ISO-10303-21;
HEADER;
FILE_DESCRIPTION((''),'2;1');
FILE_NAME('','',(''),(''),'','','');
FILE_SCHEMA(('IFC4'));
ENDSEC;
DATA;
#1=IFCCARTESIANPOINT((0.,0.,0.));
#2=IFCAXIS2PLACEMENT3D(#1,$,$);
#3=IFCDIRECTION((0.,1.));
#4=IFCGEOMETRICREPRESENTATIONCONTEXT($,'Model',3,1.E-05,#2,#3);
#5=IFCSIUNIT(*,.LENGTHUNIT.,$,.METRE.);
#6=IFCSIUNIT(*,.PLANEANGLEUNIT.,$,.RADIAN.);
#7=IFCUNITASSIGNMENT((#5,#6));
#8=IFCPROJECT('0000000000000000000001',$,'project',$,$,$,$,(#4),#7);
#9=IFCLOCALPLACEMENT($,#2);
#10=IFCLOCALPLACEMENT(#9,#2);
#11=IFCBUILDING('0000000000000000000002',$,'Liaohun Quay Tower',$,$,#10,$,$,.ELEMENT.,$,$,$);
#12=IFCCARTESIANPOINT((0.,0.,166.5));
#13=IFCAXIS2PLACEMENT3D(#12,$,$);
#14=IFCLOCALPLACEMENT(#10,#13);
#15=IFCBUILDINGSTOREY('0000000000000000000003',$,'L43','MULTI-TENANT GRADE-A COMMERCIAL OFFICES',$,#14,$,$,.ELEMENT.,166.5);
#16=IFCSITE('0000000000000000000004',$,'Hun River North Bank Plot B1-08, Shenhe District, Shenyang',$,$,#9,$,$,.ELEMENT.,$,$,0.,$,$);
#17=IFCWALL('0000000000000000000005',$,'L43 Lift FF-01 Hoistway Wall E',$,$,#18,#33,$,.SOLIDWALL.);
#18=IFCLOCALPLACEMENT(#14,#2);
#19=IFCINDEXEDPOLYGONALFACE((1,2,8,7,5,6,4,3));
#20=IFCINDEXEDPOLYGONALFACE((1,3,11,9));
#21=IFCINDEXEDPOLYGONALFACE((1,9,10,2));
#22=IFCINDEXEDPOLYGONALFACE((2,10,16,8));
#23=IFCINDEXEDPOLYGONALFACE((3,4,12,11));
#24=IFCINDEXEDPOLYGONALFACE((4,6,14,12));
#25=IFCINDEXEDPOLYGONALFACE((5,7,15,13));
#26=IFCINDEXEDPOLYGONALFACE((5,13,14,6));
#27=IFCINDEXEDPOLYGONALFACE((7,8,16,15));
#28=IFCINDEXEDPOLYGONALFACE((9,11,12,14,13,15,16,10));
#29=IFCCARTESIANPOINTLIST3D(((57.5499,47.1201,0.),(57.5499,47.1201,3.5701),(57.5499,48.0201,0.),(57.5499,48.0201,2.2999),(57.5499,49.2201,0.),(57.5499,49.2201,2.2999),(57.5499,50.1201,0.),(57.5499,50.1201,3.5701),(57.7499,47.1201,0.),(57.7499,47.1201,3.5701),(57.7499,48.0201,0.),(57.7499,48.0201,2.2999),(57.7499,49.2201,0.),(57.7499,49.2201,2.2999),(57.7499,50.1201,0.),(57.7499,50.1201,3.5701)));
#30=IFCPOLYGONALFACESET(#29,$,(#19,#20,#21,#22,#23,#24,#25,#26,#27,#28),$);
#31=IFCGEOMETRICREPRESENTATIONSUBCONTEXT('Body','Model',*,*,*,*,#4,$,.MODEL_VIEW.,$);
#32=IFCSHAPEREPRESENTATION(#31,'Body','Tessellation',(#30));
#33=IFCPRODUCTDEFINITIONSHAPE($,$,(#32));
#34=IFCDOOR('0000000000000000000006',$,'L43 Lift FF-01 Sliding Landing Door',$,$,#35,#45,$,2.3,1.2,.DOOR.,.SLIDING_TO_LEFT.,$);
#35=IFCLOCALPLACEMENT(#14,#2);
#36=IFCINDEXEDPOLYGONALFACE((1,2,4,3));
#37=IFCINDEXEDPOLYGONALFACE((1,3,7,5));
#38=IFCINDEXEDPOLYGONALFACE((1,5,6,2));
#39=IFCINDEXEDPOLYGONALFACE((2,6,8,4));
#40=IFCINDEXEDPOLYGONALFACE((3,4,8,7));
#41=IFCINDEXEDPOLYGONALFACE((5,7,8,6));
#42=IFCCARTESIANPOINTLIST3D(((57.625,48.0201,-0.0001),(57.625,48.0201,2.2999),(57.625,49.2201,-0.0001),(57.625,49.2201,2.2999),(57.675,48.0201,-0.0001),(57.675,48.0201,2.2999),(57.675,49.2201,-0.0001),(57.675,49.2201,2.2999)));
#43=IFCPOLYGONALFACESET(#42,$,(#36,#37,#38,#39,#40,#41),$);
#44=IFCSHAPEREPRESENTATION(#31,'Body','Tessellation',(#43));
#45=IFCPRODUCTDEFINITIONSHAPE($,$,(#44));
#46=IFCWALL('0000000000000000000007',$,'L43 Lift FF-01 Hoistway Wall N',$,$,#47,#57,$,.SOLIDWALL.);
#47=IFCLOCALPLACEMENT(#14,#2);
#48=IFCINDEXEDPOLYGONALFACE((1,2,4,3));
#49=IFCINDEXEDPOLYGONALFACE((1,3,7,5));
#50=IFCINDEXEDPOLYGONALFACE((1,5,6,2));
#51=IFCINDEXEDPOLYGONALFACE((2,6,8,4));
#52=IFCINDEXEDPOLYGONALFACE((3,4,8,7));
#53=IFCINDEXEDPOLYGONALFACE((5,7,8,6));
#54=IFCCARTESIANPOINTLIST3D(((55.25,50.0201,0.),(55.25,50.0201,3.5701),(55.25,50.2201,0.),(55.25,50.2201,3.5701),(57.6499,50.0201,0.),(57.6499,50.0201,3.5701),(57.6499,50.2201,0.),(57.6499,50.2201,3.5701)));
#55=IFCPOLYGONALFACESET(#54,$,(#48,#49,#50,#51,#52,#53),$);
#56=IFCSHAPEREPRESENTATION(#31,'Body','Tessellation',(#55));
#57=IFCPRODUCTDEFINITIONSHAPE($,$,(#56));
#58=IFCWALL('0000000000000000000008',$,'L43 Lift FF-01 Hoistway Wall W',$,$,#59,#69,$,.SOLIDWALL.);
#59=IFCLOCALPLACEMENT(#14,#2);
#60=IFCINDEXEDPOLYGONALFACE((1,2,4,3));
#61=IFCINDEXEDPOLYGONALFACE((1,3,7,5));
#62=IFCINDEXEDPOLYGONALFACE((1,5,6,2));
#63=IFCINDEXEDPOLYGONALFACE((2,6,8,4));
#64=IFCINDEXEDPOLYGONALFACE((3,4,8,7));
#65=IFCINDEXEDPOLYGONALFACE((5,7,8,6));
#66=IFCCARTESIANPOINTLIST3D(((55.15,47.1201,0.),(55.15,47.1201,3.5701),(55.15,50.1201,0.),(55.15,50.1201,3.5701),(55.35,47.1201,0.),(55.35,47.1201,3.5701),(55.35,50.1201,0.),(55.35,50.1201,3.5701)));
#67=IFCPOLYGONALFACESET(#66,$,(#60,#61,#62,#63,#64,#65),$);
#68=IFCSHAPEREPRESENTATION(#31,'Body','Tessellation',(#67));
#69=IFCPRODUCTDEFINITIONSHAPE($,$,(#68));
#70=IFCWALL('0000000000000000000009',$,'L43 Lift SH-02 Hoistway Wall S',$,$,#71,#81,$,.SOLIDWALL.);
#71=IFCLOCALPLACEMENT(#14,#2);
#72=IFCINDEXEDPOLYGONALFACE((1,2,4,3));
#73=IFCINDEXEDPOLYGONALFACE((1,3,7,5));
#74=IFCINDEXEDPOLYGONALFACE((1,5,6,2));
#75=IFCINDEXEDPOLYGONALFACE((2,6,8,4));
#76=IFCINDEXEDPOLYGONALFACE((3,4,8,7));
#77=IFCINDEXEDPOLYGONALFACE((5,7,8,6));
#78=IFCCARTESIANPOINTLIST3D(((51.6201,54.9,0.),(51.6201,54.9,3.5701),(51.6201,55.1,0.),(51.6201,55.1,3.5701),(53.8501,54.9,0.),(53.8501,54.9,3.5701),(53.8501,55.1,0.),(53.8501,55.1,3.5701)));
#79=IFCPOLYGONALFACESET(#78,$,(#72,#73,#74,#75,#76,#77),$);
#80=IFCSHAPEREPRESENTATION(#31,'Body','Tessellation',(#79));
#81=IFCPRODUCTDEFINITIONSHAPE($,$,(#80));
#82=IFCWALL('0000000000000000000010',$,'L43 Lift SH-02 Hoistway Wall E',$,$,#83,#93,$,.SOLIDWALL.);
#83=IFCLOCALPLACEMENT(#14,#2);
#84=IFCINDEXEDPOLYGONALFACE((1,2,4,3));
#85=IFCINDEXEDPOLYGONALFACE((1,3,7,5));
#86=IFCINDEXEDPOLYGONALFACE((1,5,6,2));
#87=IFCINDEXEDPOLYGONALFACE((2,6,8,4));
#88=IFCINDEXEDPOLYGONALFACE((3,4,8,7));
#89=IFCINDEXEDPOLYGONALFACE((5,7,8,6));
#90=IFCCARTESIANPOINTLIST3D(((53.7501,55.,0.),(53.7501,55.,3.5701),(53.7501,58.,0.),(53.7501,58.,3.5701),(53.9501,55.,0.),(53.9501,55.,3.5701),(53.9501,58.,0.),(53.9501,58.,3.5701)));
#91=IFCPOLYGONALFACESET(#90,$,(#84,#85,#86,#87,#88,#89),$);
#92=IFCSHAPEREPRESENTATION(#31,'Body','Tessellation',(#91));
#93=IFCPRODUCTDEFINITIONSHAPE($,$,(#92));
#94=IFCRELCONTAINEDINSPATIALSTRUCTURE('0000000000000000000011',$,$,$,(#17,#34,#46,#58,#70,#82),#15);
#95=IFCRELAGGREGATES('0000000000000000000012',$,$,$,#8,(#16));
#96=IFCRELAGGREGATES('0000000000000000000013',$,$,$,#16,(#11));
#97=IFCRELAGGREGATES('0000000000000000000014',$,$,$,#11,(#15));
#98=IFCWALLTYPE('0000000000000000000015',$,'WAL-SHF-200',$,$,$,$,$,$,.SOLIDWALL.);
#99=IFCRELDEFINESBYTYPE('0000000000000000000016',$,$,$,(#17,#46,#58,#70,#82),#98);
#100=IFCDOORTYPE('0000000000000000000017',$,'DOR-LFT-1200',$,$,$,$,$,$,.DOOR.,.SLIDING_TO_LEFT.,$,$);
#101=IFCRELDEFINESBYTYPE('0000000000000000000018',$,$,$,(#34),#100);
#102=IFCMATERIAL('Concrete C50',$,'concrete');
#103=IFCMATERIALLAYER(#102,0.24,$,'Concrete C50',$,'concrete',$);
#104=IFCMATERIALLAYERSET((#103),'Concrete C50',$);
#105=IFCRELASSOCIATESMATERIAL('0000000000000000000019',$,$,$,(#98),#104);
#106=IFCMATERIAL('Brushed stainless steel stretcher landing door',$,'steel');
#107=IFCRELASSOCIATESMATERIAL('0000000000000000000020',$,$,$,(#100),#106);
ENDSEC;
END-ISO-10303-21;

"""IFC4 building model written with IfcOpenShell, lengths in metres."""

from ifc_helpers import new_model, si_unit, direction, frame, frame_2d, origin, place, context, subcontext, project, spatial, rectangle, extrude, source, transform, mapped, material, layer, layer_set, type_object, element, fill, save


model = new_model("IFC4")

# Units and contexts
model_context = context("Model", 3, precision=1e-05, world=origin(), true_north=direction((0.0, 1.0)))
body_context = subcontext(model_context, "Body", "Model", "MODEL_VIEW")
ifc_project = project(units=[si_unit("LENGTHUNIT", "METRE"), si_unit("PLANEANGLEUNIT", "RADIAN")], contexts=[model_context])

# Site, building, storey
site_placement = place(None, origin())
site = spatial("IfcSite", under=ifc_project, at=site_placement, Name="Hun River North Bank Plot B1-08, Shenhe District, Shenyang", CompositionType="ELEMENT", RefElevation=0.0)
building_placement = place(site_placement, origin())
building = spatial("IfcBuilding", under=site, at=building_placement, Name="Liaohun Quay Tower", CompositionType="ELEMENT")
storey_placement = place(building_placement, frame((0.0, 0.0, 166.5)))
storey = spatial("IfcBuildingStorey", under=building, at=storey_placement, Name="L43", Description="MULTI-TENANT GRADE-A COMMERCIAL OFFICES", CompositionType="ELEMENT", Elevation=166.5)

# Shared definitions
ifc_material_1 = material(Name="Concrete C50", Category="concrete")

# Shared definitions
ifc_layer_1 = layer(ifc_material_1, 0.24, Name="Concrete C50", Category="concrete")
ifc_layer_set_1 = layer_set([ifc_layer_1], Name="Concrete C50")
wall_type_1 = type_object("IfcWallType", Name="WAL-SHF-200", PredefinedType="SOLIDWALL", material=ifc_layer_set_1)

# Wall, opening, door
wall_1_placement = place(storey_placement, frame((57.6499, 47.1201, 0.0), z_axis=(0.0, 0.0, 1.0), x_axis=(0.0, 1.0, 0.0)))
wall_1 = element("IfcWall", 1, at=wall_1_placement, inside=storey, type_object=wall_type_1, Name="L43 Lift FF-01 Hoistway Wall E", PredefinedType="SOLIDWALL", context=body_context, shape_type="SweptSolid", body=[
    extrude(rectangle(XDim=3.0, YDim=0.2, at=frame_2d((1.5, 0.0))), origin(), (0.0, 0.0, 1.0), 3.5701),
])
shared_shape_1 = source(origin(), body_context, "Body", "SweptSolid", [
    extrude(rectangle(XDim=1.2, YDim=2.3, at=frame_2d((0.6001, 1.1499))), frame((0.0, 0.1099, 0.0), z_axis=(0.0, -1.0, 0.0), x_axis=(1.0, 0.0, 0.0)), (0.0, 0.0, 1.0), 0.22),
])
opening_1_placement = place(wall_1_placement, frame((0.8999, 0.0, 0.0)))
opening_1 = element("IfcOpeningElement", 2, at=opening_1_placement, cuts=wall_1, PredefinedType="OPENING", context=body_context, shape_type="MappedRepresentation", body=[
    mapped(shared_shape_1, transform((0.0, 0.0, 0.0), x_axis=(1.0, 0.0, 0.0), y_axis=(0.0, 1.0, 0.0), z_axis=(0.0, 0.0, 1.0), scale=1.0)),
])
ifc_material_2 = material(Name="Brushed stainless steel stretcher landing door", Category="steel")
door_type_1 = type_object("IfcDoorType", Name="DOR-LFT-1200", OperationType="SLIDING_TO_LEFT", PredefinedType="DOOR", material=ifc_material_2)
shared_shape_2 = source(origin(), body_context, "Body", "SweptSolid", [
    extrude(rectangle(XDim=1.2, YDim=2.3, at=frame_2d((0.6001, 1.1499))), frame((0.0, 0.0249, 0.0), z_axis=(0.0, -1.0, 0.0), x_axis=(1.0, 0.0, 0.0)), (0.0, 0.0, 1.0), 0.05),
])
door_1_placement = place(opening_1_placement, origin())
door_1 = element("IfcDoor", 3, at=door_1_placement, inside=storey, type_object=door_type_1, Name="L43 Lift FF-01 Sliding Landing Door", OperationType="SLIDING_TO_LEFT", OverallHeight=2.3, OverallWidth=1.2, PredefinedType="DOOR", context=body_context, shape_type="MappedRepresentation", body=[
    mapped(shared_shape_2, transform((0.0, 0.0, 0.0), x_axis=(1.0, 0.0, 0.0), y_axis=(0.0, 1.0, 0.0), z_axis=(0.0, 0.0, 1.0), scale=1.0)),
])
fill(opening_1, door_1)

# Walls
wall_2_placement = place(storey_placement, frame((57.6499, 50.1201, 0.0), z_axis=(0.0, 0.0, 1.0), x_axis=(-1.0, 0.0, 0.0)))
element("IfcWall", 4, at=wall_2_placement, inside=storey, type_object=wall_type_1, Name="L43 Lift FF-01 Hoistway Wall N", PredefinedType="SOLIDWALL", context=body_context, shape_type="SweptSolid", body=[
    extrude(rectangle(XDim=2.3999, YDim=0.2, at=frame_2d((1.2, 0.0))), origin(), (0.0, 0.0, 1.0), 3.5701),
])
wall_3_placement = place(storey_placement, frame((55.25, 50.1201, 0.0), z_axis=(0.0, 0.0, 1.0), x_axis=(0.0, -1.0, 0.0)))
element("IfcWall", 5, at=wall_3_placement, inside=storey, type_object=wall_type_1, Name="L43 Lift FF-01 Hoistway Wall W", PredefinedType="SOLIDWALL", context=body_context, shape_type="SweptSolid", body=[
    extrude(rectangle(XDim=3.0, YDim=0.2, at=frame_2d((1.5, 0.0))), origin(), (0.0, 0.0, 1.0), 3.5701),
])
wall_4_placement = place(storey_placement, frame((51.6201, 55.0, 0.0), z_axis=(0.0, 0.0, 1.0), x_axis=(1.0, 0.0, 0.0)))
element("IfcWall", 6, at=wall_4_placement, inside=storey, type_object=wall_type_1, Name="L43 Lift SH-02 Hoistway Wall S", PredefinedType="SOLIDWALL", context=body_context, shape_type="SweptSolid", body=[
    extrude(rectangle(XDim=2.23, YDim=0.2, at=frame_2d((1.115, 0.0))), origin(), (0.0, 0.0, 1.0), 3.5701),
])
wall_5_placement = place(storey_placement, frame((53.8501, 55.0, 0.0), z_axis=(0.0, 0.0, 1.0), x_axis=(0.0, 1.0, 0.0)))
element("IfcWall", 7, at=wall_5_placement, inside=storey, type_object=wall_type_1, Name="L43 Lift SH-02 Hoistway Wall E", PredefinedType="SOLIDWALL", context=body_context, shape_type="SweptSolid", body=[
    extrude(rectangle(XDim=3.0, YDim=0.2, at=frame_2d((1.5, 0.0))), origin(), (0.0, 0.0, 1.0), 3.5701),
])

save(model, "model.ifc")
